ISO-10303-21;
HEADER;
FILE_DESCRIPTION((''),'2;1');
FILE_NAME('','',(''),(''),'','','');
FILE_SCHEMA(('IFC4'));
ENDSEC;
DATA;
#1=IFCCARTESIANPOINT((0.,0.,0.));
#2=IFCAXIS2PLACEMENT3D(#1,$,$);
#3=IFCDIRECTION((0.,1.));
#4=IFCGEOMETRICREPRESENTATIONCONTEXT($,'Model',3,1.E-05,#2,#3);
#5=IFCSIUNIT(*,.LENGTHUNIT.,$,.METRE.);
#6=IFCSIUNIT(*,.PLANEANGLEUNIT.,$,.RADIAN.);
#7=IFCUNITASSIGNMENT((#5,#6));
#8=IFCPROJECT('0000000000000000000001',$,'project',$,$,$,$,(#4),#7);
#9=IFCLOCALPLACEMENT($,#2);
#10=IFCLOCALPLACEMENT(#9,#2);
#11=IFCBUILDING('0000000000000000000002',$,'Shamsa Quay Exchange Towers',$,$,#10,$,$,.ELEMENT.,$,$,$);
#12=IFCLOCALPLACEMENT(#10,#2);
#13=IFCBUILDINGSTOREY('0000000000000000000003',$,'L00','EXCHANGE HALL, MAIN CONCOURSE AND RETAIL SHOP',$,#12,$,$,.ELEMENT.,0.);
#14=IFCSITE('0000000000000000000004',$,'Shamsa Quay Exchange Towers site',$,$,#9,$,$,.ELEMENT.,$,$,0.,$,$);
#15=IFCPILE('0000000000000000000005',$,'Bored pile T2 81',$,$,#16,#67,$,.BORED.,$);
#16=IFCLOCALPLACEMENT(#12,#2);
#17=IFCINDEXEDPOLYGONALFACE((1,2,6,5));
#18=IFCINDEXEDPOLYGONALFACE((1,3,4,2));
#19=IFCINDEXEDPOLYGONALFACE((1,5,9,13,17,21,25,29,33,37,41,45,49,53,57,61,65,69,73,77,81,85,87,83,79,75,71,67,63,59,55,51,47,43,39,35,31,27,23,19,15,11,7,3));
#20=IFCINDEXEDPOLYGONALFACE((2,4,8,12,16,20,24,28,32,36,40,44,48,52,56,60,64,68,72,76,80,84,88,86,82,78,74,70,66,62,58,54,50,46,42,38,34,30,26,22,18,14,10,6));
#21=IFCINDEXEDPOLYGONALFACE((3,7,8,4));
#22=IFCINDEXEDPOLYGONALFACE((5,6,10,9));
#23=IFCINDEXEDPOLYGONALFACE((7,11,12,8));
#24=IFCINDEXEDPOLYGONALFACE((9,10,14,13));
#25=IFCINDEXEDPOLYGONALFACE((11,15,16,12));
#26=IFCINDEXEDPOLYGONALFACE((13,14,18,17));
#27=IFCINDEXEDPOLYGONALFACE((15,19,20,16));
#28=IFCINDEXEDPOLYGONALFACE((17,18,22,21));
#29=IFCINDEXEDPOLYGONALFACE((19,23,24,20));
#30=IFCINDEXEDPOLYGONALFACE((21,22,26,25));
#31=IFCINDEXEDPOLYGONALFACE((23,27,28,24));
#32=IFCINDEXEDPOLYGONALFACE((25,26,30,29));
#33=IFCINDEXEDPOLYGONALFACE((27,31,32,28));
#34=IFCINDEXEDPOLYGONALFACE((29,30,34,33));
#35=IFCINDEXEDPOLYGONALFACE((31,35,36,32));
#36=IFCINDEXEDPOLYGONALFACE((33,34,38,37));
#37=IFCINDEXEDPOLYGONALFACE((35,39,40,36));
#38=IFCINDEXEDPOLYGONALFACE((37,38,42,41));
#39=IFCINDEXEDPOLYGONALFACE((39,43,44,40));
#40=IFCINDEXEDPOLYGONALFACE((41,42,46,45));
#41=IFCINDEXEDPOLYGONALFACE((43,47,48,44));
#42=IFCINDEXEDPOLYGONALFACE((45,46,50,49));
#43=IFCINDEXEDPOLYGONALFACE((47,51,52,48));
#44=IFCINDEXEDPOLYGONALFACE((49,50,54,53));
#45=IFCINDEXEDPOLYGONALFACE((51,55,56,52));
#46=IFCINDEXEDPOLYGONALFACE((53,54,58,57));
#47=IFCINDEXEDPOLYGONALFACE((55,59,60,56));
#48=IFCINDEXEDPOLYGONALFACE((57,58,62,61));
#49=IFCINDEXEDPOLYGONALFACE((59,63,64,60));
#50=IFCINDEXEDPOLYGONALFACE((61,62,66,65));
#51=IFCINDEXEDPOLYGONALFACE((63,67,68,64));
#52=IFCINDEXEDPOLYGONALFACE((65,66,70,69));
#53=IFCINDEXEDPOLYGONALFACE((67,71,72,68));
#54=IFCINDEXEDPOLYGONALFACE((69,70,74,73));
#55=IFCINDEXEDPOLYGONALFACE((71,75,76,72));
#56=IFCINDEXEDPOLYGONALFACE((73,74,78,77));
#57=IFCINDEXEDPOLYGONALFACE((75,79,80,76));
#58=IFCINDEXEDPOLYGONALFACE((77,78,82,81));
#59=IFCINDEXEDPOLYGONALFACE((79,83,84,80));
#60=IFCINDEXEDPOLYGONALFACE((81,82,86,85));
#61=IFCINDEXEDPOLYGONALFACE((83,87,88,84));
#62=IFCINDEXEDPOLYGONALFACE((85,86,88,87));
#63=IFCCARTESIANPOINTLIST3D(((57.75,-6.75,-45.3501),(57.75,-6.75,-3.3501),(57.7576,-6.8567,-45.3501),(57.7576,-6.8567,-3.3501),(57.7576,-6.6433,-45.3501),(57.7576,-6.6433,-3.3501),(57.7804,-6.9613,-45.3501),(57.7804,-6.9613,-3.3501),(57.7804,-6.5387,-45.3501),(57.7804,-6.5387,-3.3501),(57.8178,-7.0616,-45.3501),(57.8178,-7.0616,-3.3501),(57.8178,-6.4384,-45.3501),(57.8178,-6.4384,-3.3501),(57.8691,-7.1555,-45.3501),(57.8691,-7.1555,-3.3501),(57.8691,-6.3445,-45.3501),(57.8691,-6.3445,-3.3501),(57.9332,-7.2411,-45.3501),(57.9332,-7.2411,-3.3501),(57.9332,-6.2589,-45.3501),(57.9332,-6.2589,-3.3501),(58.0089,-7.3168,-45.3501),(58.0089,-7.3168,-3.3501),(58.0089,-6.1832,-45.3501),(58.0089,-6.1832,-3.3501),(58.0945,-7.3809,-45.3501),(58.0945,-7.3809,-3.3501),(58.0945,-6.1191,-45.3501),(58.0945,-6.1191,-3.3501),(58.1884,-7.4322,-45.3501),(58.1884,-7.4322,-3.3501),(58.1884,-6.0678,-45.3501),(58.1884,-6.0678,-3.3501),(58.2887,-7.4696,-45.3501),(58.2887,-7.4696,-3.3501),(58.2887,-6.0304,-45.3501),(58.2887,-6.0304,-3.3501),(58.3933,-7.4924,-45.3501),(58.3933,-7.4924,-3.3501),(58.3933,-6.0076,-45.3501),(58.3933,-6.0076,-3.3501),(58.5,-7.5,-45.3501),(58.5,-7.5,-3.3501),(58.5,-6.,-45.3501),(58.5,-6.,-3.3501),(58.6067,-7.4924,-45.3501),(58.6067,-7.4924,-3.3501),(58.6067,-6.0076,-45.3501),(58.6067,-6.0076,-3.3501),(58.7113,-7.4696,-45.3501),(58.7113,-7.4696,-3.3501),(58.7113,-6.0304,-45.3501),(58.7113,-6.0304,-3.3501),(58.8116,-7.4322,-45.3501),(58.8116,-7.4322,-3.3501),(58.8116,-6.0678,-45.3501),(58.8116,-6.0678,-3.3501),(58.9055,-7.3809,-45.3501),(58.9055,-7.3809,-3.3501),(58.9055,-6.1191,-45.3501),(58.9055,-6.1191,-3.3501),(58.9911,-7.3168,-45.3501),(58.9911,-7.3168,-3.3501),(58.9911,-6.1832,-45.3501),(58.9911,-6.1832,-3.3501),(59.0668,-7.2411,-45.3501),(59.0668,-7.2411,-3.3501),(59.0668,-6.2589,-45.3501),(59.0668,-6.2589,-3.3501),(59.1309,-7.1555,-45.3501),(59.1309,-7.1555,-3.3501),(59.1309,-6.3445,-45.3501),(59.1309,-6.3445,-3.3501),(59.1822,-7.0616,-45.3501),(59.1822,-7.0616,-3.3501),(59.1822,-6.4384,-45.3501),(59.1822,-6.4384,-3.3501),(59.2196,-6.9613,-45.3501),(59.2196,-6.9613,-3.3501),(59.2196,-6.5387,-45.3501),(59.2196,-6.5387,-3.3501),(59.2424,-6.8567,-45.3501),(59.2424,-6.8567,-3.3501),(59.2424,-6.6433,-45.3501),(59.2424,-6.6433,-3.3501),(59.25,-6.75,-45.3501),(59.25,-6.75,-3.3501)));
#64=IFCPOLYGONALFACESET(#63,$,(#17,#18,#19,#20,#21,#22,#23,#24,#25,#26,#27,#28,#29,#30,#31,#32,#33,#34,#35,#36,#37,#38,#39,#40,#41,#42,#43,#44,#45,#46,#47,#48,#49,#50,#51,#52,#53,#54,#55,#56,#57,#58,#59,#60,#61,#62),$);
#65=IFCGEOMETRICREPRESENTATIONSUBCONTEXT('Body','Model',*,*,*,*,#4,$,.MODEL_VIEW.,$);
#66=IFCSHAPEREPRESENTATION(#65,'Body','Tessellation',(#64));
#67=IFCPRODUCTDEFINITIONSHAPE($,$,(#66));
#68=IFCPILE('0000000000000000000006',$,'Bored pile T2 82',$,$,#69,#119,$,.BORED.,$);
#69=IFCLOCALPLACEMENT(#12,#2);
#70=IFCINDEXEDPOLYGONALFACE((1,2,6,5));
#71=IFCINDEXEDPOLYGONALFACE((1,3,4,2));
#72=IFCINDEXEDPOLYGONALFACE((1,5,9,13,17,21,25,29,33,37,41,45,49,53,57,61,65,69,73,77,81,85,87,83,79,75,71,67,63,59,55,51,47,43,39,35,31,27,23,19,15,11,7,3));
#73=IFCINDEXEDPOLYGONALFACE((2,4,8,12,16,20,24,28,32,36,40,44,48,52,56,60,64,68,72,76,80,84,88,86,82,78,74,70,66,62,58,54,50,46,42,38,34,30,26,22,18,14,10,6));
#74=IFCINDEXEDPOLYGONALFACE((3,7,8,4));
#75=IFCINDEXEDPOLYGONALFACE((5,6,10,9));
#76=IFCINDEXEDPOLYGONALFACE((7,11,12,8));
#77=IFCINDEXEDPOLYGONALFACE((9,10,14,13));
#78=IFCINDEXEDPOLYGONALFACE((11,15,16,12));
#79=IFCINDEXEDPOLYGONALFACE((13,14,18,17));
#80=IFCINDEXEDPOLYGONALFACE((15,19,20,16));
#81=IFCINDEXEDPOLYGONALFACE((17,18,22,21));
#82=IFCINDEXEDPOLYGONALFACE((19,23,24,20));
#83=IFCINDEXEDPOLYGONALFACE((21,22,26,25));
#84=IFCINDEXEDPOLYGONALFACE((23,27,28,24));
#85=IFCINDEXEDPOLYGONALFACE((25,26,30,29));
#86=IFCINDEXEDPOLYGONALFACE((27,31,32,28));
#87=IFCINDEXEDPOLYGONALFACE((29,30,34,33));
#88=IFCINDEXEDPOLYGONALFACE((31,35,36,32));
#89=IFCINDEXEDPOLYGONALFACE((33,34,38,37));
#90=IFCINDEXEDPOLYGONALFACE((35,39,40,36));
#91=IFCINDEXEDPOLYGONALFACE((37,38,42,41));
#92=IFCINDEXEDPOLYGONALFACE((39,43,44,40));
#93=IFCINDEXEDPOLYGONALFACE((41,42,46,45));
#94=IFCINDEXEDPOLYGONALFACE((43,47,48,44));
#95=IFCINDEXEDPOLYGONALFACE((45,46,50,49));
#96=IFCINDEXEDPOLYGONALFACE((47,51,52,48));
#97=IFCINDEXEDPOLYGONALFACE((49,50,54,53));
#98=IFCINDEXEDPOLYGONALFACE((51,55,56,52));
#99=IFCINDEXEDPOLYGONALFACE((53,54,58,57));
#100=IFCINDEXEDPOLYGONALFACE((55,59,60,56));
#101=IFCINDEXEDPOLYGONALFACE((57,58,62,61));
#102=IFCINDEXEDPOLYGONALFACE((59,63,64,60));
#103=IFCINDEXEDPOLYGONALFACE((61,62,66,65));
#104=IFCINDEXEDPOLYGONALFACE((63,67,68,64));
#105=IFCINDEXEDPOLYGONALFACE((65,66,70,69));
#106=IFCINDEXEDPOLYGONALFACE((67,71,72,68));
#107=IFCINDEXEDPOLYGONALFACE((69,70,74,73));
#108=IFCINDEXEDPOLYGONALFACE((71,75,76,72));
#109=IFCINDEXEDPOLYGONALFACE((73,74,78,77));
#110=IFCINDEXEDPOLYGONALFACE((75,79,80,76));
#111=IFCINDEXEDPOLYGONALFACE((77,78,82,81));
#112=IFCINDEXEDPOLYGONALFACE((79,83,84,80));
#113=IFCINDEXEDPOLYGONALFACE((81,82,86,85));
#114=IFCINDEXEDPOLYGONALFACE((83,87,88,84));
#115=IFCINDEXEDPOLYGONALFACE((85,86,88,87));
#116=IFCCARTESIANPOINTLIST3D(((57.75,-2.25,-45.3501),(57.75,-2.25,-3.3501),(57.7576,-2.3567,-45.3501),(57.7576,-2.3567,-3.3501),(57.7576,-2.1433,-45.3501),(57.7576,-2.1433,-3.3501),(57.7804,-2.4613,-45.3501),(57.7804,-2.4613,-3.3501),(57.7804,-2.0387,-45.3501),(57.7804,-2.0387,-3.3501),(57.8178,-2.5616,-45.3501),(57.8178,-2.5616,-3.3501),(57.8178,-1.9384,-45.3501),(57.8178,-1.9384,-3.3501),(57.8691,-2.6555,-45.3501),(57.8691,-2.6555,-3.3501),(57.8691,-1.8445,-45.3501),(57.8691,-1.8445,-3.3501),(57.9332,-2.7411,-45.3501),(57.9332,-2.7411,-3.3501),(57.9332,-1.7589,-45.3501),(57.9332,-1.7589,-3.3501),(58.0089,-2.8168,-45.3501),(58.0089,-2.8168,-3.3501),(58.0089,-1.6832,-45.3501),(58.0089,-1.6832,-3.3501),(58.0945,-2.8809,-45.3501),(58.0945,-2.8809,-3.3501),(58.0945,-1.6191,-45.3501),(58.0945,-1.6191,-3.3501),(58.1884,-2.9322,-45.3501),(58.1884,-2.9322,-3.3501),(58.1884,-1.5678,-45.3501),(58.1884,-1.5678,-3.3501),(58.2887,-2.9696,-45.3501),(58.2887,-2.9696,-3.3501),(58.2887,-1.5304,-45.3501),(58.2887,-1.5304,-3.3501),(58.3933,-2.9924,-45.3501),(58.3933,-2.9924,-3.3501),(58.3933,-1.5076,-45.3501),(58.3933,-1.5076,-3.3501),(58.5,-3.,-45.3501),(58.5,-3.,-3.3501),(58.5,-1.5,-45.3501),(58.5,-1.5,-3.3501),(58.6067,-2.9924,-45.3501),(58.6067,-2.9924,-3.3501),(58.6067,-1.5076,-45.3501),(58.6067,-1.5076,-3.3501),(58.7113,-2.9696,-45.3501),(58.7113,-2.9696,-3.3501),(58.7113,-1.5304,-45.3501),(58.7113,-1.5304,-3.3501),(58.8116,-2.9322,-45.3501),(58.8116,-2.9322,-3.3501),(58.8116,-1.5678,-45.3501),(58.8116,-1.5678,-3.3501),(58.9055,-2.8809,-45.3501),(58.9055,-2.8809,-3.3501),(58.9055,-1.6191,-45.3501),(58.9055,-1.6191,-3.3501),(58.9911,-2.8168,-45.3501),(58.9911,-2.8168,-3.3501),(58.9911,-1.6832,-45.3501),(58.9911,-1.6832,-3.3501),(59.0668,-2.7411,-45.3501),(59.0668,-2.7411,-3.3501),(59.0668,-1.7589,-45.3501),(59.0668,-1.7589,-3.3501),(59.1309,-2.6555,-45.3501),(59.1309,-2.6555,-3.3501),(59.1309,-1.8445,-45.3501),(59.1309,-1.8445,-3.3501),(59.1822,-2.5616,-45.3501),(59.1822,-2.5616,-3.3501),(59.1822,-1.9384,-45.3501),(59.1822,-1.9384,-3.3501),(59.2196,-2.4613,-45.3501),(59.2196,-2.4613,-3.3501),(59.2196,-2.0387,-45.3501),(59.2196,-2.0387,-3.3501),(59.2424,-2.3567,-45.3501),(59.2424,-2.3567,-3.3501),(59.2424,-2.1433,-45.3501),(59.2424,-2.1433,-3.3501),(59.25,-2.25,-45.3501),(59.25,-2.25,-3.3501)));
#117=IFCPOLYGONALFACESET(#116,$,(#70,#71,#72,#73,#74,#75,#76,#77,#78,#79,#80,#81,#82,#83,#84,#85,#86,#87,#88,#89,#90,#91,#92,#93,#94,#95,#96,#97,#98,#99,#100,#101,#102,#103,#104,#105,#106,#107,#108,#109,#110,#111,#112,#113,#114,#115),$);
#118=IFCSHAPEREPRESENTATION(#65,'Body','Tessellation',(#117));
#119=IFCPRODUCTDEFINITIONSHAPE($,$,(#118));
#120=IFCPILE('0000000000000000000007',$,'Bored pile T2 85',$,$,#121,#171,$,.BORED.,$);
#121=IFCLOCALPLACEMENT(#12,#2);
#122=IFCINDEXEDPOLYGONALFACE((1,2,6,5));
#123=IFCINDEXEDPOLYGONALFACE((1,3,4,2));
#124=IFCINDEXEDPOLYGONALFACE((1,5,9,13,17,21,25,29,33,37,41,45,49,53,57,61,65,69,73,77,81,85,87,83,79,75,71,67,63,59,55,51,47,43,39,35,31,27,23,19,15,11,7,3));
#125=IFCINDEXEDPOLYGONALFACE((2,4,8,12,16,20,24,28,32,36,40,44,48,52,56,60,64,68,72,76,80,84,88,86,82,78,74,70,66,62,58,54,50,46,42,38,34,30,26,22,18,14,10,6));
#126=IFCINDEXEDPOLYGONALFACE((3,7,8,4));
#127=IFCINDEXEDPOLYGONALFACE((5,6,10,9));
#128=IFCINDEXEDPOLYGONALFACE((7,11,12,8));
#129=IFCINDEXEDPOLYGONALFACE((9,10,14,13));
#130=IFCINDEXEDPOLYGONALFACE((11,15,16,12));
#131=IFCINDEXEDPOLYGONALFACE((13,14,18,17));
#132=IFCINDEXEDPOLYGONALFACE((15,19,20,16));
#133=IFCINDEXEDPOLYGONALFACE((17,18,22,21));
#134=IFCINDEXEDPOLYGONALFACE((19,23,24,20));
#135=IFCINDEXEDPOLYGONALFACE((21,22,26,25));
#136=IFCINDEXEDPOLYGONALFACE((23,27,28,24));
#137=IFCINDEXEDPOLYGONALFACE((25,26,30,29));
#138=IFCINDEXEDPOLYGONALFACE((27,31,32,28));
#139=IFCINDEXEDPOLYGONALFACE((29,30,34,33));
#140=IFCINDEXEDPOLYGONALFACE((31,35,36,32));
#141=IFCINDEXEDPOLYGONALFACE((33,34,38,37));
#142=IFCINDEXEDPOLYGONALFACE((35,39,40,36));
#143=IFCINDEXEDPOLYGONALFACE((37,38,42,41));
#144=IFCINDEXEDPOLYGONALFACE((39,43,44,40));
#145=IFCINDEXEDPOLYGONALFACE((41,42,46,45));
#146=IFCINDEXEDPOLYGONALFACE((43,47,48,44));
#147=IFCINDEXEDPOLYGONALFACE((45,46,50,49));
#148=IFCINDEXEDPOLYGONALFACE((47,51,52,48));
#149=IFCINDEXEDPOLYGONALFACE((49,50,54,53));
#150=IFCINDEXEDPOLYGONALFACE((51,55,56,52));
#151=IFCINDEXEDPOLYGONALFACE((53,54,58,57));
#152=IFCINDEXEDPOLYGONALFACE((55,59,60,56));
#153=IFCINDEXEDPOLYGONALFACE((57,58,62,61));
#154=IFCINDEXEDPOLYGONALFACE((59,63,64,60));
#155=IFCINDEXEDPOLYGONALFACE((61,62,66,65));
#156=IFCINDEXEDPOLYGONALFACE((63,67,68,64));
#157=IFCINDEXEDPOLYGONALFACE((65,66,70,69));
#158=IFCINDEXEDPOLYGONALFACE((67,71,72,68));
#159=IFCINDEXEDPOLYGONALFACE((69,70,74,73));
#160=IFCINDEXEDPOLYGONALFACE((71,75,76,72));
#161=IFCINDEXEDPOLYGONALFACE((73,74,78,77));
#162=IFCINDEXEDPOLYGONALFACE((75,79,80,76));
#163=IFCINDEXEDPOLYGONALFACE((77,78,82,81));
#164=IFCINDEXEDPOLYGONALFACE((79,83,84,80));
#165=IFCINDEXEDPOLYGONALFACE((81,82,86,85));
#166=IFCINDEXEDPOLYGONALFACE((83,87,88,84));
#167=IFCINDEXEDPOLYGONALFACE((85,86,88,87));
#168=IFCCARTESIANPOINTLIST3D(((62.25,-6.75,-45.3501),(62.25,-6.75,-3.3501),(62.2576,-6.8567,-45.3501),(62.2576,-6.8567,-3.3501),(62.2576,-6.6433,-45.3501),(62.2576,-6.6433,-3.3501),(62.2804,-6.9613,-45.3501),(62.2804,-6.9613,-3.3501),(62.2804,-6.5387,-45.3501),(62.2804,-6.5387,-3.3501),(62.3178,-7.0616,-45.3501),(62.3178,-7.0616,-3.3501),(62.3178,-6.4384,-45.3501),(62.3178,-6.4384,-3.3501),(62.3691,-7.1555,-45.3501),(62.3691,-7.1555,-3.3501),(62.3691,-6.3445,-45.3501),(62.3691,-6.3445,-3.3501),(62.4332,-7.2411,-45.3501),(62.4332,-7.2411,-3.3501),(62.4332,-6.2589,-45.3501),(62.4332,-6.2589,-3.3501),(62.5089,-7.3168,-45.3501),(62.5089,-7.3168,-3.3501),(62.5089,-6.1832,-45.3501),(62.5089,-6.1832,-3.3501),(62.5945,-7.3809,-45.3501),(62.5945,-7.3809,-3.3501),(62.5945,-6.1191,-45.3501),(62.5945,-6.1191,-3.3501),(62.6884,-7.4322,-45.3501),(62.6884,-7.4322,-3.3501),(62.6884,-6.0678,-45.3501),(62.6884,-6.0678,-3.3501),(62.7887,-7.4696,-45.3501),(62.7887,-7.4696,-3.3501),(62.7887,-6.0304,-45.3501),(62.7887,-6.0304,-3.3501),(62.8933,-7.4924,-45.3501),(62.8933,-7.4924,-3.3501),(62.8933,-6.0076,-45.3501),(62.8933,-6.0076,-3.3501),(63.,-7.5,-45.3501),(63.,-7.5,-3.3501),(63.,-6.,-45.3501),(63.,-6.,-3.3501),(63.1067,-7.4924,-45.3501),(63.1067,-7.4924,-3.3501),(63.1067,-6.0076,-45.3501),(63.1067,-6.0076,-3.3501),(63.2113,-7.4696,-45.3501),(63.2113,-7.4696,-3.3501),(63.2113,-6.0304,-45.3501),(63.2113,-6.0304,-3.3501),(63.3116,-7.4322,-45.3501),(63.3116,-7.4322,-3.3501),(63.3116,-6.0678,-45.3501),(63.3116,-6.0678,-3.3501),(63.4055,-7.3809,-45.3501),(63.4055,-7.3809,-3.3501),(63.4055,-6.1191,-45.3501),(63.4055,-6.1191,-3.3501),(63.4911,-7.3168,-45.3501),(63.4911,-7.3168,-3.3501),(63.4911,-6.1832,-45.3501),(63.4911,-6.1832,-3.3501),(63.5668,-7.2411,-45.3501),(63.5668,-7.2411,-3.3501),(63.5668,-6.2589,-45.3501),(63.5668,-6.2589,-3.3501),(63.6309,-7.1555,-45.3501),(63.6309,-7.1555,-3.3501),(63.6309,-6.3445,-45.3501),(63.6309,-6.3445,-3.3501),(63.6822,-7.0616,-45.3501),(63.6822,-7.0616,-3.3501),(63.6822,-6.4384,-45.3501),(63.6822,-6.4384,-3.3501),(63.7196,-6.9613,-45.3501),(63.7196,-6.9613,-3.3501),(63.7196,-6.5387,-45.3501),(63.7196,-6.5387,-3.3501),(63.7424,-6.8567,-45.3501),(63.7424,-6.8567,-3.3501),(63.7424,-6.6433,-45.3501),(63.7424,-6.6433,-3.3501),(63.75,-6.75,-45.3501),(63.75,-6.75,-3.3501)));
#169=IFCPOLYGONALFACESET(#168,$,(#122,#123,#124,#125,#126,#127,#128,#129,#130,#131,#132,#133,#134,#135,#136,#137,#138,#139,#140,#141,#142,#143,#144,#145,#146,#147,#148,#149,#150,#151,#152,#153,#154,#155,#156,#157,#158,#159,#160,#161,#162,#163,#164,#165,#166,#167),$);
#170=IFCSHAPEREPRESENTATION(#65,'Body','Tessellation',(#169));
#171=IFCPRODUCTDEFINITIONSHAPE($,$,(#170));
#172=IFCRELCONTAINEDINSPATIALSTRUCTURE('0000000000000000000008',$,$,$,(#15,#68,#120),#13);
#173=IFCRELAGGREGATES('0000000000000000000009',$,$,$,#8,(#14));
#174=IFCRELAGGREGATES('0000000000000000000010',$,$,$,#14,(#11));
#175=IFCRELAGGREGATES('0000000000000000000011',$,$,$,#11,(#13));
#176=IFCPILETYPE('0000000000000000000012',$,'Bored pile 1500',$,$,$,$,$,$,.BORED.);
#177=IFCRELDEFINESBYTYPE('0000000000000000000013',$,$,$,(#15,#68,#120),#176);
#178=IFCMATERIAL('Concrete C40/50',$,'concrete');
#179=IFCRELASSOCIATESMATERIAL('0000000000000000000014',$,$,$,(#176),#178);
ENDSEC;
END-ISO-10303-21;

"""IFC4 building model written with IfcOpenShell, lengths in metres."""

from ifc_helpers import new_model, si_unit, direction, frame, origin, origin_2d, place, context, subcontext, project, spatial, circle, extrude, material, material_profile, profile_set, type_object, element, save


model = new_model("IFC4")

# Units and contexts
model_context = context("Model", 3, precision=1e-05, world=origin(), true_north=direction((0.0, 1.0)))
body_context = subcontext(model_context, "Body", "Model", "MODEL_VIEW")
ifc_project = project(units=[si_unit("LENGTHUNIT", "METRE"), si_unit("PLANEANGLEUNIT", "RADIAN")], contexts=[model_context])

# Site, building, storey
site_placement = place(None, origin())
site = spatial("IfcSite", under=ifc_project, at=site_placement, Name="Shamsa Quay Exchange Towers site", CompositionType="ELEMENT", RefElevation=0.0)
building_placement = place(site_placement, origin())
building = spatial("IfcBuilding", under=site, at=building_placement, Name="Shamsa Quay Exchange Towers", CompositionType="ELEMENT")
storey_placement = place(building_placement, origin())
storey = spatial("IfcBuildingStorey", under=building, at=storey_placement, Name="L00", Description="EXCHANGE HALL, MAIN CONCOURSE AND RETAIL SHOP", CompositionType="ELEMENT", Elevation=0.0)

# Piles
ifc_material_1 = material(Name="Concrete C40/50", Category="concrete")
ifc_material_profile_1 = material_profile(ifc_material_1, circle(Radius=0.75, at=origin_2d()), Name="BP1500")
ifc_profile_set_1 = profile_set([ifc_material_profile_1], Name="Concrete C40/50")
pile_type_1 = type_object("IfcPileType", Name="Bored pile 1500", PredefinedType="BORED", material=ifc_profile_set_1)
for number, where, z_axis, x_axis, name in (
    (1, (58.5, -6.75, -3.3501), (0.0, 0.0, -1.0), (1.0, 0.0, 0.0), "Bored pile T2 81"),
    (2, (58.5, -2.25, -3.3501), (0.0, 0.0, -1.0), (1.0, 0.0, 0.0), "Bored pile T2 82"),
    (3, (63.0, -6.75, -3.3501), (0.0, 0.0, -1.0), (1.0, 0.0, 0.0), "Bored pile T2 85"),
):
    element("IfcPile", number, at=place(storey_placement, frame(where, z_axis=z_axis, x_axis=x_axis)), inside=storey, type_object=pile_type_1, Name=name, PredefinedType="BORED", context=body_context, shape_type="SweptSolid", body=[
        extrude(circle(Radius=0.75, at=origin_2d()), origin(), (0.0, 0.0, 1.0), 42.0),
    ])

save(model, "model.ifc")
